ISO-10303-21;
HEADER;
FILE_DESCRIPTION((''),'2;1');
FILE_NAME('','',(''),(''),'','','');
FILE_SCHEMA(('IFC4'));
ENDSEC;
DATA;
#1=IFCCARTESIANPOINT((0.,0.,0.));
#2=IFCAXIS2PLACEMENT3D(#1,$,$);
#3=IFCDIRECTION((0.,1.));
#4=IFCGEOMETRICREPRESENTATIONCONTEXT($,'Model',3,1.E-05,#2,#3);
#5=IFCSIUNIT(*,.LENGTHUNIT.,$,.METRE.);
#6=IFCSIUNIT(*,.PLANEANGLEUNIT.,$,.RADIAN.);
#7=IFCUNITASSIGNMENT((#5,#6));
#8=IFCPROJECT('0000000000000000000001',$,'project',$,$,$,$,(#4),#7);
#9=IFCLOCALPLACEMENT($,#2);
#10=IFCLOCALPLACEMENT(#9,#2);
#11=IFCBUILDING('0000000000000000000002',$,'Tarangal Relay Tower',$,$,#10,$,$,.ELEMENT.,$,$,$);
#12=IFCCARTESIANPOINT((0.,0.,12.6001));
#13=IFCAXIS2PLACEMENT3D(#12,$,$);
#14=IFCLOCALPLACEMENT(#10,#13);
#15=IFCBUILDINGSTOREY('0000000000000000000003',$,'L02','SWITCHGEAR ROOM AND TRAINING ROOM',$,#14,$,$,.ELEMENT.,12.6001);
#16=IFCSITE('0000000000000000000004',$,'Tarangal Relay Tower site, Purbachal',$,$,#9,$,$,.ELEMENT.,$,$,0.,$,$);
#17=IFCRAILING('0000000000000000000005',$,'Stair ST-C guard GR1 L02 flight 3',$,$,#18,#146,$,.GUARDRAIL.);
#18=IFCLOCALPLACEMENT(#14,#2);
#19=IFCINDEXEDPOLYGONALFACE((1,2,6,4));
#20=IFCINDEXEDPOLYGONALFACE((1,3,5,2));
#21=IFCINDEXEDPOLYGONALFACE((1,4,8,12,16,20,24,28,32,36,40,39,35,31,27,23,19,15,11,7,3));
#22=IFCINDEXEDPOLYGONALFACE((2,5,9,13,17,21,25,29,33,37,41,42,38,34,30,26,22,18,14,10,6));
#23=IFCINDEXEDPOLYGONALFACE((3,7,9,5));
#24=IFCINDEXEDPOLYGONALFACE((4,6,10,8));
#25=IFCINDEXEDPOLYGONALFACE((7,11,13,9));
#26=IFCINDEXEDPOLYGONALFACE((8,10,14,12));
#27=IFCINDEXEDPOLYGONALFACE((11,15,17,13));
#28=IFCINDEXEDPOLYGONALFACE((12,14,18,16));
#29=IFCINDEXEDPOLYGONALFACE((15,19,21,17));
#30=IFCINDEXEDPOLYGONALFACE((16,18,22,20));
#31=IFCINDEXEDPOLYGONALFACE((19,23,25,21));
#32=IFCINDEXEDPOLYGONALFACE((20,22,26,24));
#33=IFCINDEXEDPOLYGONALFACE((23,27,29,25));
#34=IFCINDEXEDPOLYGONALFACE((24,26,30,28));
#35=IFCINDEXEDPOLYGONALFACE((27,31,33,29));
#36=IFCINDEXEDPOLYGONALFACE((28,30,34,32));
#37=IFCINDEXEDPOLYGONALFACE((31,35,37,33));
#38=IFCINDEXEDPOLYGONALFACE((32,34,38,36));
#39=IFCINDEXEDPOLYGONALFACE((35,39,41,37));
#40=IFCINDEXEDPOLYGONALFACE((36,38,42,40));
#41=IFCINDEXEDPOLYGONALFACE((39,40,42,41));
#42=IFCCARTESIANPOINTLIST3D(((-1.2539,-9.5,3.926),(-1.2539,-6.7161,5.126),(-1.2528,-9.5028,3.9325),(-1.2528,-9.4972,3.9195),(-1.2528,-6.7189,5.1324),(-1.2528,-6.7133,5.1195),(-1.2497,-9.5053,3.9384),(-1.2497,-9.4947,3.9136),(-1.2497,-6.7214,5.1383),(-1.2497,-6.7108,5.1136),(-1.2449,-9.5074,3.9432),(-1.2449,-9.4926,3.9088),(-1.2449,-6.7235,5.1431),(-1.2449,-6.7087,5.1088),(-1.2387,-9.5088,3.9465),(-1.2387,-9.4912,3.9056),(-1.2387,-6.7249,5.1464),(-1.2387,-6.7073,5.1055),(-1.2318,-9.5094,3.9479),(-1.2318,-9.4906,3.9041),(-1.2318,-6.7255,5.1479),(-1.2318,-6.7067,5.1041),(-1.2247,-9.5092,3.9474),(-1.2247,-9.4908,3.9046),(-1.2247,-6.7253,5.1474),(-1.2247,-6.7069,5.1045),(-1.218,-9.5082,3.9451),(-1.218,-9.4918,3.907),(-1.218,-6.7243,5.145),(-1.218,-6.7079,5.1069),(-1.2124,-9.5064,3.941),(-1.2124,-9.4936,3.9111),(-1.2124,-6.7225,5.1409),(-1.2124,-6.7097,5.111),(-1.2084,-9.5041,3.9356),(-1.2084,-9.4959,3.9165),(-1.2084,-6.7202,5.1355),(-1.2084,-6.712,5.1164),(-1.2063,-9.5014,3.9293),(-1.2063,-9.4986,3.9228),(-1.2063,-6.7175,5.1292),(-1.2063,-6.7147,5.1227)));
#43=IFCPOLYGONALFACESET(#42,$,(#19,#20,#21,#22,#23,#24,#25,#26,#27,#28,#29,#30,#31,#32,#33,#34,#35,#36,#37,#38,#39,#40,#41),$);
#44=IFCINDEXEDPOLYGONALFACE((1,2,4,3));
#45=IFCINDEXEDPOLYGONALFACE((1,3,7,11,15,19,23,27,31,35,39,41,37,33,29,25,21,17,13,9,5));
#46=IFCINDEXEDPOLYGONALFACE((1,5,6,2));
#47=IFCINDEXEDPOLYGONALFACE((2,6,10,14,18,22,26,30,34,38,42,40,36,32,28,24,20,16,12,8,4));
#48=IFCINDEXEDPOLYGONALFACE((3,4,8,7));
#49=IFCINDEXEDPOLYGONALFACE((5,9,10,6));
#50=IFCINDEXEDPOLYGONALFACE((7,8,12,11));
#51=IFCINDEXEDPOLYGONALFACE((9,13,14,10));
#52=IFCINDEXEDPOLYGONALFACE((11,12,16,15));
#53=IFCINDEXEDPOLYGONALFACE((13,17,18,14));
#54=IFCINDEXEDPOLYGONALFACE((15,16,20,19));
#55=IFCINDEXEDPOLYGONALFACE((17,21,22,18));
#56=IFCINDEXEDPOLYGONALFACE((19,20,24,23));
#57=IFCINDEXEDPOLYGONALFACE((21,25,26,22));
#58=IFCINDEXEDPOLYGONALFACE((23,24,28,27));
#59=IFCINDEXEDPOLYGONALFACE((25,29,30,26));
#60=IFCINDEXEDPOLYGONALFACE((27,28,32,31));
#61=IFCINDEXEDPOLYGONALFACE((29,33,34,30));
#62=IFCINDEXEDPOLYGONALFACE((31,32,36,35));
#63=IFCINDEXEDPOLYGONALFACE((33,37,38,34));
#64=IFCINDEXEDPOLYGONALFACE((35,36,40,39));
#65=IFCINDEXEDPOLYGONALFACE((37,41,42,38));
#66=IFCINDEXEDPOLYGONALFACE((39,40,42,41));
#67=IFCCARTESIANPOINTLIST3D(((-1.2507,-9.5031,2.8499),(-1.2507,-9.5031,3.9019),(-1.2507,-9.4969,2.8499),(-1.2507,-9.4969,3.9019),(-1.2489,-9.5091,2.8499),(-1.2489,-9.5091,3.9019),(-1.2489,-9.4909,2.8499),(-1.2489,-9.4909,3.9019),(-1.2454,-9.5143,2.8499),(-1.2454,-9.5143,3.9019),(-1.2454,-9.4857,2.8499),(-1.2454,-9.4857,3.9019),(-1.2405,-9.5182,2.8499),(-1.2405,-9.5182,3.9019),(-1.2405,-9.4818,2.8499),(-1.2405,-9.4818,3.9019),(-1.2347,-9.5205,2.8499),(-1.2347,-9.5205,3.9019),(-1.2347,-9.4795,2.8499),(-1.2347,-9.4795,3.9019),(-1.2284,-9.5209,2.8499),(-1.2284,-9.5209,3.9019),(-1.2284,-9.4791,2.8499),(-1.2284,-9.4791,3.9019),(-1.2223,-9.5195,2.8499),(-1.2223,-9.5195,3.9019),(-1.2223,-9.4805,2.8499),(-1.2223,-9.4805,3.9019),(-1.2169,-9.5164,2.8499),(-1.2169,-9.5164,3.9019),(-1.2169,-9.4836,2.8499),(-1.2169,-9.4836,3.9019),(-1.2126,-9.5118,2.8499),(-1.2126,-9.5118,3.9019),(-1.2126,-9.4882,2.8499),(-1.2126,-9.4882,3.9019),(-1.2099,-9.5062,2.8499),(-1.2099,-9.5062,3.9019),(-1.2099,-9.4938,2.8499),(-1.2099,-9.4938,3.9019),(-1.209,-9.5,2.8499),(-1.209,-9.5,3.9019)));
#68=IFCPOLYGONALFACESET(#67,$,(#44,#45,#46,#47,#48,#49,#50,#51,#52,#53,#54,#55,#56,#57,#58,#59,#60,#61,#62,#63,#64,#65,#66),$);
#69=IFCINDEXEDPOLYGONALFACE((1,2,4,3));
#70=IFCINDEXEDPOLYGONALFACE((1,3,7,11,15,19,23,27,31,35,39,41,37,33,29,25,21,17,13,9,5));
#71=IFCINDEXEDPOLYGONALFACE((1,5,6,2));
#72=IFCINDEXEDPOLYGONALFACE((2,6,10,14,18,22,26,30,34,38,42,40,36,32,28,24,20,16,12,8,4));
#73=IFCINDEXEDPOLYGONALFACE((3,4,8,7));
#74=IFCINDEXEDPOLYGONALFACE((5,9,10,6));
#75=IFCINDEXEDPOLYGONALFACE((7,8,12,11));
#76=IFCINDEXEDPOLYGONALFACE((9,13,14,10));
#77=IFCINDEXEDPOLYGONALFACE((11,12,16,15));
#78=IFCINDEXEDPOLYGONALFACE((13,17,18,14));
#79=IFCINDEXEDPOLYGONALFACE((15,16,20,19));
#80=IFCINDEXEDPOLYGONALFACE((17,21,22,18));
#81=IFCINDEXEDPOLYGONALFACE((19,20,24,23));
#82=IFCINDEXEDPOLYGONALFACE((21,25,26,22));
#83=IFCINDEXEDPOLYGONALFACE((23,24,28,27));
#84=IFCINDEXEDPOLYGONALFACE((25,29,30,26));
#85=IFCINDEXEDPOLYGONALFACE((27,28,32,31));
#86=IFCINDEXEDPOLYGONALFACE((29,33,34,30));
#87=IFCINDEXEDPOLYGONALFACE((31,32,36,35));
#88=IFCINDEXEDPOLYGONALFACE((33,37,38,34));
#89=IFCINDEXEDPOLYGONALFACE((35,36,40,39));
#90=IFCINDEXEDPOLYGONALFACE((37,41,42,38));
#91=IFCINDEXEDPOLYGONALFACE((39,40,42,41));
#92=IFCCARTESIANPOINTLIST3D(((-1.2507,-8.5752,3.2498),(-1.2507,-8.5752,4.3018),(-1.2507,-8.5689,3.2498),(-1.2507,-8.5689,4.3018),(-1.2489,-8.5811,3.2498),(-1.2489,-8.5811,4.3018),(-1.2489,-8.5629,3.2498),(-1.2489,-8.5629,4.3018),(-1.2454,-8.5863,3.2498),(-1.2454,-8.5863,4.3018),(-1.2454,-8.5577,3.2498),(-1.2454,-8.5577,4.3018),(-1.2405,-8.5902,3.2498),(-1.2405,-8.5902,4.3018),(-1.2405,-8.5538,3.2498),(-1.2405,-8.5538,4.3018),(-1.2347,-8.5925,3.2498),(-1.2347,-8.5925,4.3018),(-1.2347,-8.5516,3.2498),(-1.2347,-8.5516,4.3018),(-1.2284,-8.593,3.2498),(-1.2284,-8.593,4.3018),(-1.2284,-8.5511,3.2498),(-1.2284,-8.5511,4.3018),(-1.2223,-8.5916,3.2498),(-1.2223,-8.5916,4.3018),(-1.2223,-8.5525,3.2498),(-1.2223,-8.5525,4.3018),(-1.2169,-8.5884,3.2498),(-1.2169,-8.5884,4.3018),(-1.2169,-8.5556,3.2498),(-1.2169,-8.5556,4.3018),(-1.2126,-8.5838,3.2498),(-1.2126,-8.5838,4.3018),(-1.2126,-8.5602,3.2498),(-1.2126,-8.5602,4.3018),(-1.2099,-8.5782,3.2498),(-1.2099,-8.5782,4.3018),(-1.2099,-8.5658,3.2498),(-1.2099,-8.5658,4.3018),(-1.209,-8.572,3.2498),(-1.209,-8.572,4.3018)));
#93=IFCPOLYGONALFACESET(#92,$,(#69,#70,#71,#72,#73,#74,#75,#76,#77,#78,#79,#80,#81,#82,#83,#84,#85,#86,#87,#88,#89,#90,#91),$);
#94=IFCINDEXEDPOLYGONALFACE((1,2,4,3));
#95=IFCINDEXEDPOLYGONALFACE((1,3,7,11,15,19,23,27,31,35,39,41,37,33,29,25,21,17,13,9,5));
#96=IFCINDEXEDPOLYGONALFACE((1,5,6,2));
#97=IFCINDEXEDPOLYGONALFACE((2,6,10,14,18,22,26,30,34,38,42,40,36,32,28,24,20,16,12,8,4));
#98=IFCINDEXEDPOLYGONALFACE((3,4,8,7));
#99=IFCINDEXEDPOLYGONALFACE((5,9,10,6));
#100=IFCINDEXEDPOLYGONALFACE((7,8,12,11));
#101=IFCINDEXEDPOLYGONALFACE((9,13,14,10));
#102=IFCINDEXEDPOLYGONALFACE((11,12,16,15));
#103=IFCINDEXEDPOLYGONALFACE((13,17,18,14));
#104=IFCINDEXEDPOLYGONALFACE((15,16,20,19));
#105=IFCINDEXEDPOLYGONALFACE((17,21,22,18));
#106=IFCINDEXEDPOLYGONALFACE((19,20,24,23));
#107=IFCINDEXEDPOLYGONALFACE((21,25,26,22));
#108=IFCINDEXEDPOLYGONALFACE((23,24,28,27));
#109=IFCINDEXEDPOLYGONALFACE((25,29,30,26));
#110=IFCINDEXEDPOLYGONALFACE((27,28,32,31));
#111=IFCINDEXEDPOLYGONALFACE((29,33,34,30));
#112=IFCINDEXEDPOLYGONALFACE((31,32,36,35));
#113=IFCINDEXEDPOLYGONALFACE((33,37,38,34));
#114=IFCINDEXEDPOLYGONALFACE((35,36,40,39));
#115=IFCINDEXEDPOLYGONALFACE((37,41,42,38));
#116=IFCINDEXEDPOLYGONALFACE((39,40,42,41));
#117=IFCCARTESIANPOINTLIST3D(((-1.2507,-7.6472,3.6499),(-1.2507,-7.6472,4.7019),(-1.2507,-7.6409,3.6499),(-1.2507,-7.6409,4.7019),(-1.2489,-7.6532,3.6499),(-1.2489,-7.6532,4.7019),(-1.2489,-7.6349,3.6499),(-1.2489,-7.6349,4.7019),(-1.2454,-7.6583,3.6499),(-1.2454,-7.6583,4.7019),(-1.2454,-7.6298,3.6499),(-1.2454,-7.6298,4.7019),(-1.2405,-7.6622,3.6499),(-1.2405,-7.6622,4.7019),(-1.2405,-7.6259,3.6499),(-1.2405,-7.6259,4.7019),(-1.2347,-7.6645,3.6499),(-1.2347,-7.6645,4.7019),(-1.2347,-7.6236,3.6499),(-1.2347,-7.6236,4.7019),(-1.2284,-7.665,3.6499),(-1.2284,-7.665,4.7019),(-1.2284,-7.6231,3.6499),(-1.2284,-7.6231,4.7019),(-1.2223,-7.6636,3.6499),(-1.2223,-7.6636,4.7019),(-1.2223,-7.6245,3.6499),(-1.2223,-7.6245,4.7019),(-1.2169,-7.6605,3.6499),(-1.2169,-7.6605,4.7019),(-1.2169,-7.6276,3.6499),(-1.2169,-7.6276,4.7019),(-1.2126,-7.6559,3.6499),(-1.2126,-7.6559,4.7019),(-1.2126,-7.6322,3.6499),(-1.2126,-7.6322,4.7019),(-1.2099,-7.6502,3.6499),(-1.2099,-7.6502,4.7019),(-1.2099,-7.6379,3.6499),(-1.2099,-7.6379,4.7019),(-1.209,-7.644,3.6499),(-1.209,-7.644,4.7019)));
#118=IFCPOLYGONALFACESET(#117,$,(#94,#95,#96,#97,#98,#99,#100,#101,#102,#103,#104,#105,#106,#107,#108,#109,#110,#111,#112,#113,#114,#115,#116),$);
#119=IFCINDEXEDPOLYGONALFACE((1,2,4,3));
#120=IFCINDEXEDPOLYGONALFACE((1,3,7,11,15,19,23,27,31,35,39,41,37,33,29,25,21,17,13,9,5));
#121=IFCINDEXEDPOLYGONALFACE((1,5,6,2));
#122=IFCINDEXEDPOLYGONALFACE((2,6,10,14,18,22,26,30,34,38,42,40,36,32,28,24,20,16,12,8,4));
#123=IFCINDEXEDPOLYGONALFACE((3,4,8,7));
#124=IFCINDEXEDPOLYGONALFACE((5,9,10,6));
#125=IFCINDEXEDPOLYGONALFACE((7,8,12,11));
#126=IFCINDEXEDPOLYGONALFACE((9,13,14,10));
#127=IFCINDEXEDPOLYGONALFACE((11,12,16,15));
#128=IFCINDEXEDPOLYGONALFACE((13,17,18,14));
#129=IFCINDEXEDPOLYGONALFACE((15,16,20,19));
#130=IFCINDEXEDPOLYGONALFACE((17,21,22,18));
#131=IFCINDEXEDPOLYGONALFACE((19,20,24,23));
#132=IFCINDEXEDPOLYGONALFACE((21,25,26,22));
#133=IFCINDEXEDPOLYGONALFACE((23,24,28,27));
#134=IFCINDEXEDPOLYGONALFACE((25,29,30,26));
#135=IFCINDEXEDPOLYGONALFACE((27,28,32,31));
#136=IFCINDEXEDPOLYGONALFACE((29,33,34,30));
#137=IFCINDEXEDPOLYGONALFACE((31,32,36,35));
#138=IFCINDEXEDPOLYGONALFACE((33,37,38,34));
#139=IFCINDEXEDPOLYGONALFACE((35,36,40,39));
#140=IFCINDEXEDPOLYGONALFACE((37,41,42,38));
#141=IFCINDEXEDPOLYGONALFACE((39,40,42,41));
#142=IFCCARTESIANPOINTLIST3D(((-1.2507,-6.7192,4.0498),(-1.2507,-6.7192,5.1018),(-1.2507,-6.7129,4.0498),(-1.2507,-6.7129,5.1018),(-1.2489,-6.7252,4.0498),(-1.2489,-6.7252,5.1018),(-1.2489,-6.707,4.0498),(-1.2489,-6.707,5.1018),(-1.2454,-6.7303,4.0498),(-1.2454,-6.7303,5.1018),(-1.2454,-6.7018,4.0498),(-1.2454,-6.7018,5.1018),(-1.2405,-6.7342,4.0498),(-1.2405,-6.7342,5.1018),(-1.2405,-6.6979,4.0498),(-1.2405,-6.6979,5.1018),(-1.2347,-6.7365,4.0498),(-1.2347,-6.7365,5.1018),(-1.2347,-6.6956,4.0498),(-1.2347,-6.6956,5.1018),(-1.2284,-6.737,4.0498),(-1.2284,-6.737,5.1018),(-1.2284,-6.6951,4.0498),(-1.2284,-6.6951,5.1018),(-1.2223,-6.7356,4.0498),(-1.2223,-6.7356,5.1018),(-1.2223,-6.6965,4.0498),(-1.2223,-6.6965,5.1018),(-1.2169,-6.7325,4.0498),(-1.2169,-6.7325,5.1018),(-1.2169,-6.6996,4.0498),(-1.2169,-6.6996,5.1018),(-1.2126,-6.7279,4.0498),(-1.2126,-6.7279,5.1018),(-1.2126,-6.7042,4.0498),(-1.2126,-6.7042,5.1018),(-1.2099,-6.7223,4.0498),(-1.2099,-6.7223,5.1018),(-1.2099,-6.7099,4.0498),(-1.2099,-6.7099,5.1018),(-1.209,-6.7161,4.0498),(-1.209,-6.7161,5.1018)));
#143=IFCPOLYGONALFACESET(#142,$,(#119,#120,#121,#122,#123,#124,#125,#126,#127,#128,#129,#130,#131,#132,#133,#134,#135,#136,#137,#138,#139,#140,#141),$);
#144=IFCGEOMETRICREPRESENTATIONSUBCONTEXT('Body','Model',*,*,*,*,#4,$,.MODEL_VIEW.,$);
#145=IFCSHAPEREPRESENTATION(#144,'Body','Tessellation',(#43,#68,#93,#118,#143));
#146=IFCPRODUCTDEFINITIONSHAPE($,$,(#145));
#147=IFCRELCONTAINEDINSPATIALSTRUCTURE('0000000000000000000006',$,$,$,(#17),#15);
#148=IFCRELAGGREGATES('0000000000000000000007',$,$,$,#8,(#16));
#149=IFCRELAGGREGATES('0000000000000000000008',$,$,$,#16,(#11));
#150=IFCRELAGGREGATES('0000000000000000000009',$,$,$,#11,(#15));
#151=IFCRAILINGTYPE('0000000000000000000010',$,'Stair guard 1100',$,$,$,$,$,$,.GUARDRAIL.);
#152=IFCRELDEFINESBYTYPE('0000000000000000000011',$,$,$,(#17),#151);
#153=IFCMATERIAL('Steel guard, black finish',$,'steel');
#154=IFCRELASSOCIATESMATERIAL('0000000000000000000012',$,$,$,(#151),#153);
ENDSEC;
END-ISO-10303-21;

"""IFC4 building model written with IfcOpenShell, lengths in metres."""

from ifc_helpers import new_model, si_unit, direction, frame, origin, origin_2d, place, context, subcontext, project, spatial, circle, extrude, material, type_object, element, save


model = new_model("IFC4")

# Units and contexts
model_context = context("Model", 3, precision=1e-05, world=origin(), true_north=direction((0.0, 1.0)))
body_context = subcontext(model_context, "Body", "Model", "MODEL_VIEW")
ifc_project = project(units=[si_unit("LENGTHUNIT", "METRE"), si_unit("PLANEANGLEUNIT", "RADIAN")], contexts=[model_context])

# Site, building, storey
site_placement = place(None, origin())
site = spatial("IfcSite", under=ifc_project, at=site_placement, Name="Tarangal Relay Tower site, Purbachal", CompositionType="ELEMENT", RefElevation=0.0)
building_placement = place(site_placement, origin())
building = spatial("IfcBuilding", under=site, at=building_placement, Name="Tarangal Relay Tower", CompositionType="ELEMENT")
storey_placement = place(building_placement, frame((0.0, 0.0, 12.6001)))
storey = spatial("IfcBuildingStorey", under=building, at=storey_placement, Name="L02", Description="SWITCHGEAR ROOM AND TRAINING ROOM", CompositionType="ELEMENT", Elevation=12.6001)

# Railing
ifc_material_1 = material(Name="Steel guard, black finish", Category="steel")
railing_type_1 = type_object("IfcRailingType", Name="Stair guard 1100", PredefinedType="GUARDRAIL", material=ifc_material_1)
for number, where, name in (
    (1, (-1.23, -9.5, 2.8499), "Stair ST-C guard GR1 L02 flight 3"),
):
    element("IfcRailing", number, at=place(storey_placement, frame(where)), inside=storey, type_object=railing_type_1, Name=name, PredefinedType="GUARDRAIL", context=body_context, shape_type="SweptSolid", body=[
        extrude(circle(Radius=0.0239, at=origin_2d()), frame((0.0, 0.0, 1.0762), z_axis=(0.0, 0.918327, 0.395823), x_axis=(-1.0, 0.0, 0.0)), (0.0, 0.0, 1.0), 3.0315),
        extrude(circle(Radius=0.021, at=origin_2d()), origin(), (0.0, 0.0, 1.0), 1.052),
        extrude(circle(Radius=0.021, at=origin_2d()), frame((0.0, 0.928, 0.3999)), (0.0, 0.0, 1.0), 1.052),
        extrude(circle(Radius=0.021, at=origin_2d()), frame((0.0, 1.856, 0.8)), (0.0, 0.0, 1.0), 1.052),
        extrude(circle(Radius=0.021, at=origin_2d()), frame((0.0, 2.7839, 1.2)), (0.0, 0.0, 1.0), 1.052),
    ])

save(model, "model.ifc")
